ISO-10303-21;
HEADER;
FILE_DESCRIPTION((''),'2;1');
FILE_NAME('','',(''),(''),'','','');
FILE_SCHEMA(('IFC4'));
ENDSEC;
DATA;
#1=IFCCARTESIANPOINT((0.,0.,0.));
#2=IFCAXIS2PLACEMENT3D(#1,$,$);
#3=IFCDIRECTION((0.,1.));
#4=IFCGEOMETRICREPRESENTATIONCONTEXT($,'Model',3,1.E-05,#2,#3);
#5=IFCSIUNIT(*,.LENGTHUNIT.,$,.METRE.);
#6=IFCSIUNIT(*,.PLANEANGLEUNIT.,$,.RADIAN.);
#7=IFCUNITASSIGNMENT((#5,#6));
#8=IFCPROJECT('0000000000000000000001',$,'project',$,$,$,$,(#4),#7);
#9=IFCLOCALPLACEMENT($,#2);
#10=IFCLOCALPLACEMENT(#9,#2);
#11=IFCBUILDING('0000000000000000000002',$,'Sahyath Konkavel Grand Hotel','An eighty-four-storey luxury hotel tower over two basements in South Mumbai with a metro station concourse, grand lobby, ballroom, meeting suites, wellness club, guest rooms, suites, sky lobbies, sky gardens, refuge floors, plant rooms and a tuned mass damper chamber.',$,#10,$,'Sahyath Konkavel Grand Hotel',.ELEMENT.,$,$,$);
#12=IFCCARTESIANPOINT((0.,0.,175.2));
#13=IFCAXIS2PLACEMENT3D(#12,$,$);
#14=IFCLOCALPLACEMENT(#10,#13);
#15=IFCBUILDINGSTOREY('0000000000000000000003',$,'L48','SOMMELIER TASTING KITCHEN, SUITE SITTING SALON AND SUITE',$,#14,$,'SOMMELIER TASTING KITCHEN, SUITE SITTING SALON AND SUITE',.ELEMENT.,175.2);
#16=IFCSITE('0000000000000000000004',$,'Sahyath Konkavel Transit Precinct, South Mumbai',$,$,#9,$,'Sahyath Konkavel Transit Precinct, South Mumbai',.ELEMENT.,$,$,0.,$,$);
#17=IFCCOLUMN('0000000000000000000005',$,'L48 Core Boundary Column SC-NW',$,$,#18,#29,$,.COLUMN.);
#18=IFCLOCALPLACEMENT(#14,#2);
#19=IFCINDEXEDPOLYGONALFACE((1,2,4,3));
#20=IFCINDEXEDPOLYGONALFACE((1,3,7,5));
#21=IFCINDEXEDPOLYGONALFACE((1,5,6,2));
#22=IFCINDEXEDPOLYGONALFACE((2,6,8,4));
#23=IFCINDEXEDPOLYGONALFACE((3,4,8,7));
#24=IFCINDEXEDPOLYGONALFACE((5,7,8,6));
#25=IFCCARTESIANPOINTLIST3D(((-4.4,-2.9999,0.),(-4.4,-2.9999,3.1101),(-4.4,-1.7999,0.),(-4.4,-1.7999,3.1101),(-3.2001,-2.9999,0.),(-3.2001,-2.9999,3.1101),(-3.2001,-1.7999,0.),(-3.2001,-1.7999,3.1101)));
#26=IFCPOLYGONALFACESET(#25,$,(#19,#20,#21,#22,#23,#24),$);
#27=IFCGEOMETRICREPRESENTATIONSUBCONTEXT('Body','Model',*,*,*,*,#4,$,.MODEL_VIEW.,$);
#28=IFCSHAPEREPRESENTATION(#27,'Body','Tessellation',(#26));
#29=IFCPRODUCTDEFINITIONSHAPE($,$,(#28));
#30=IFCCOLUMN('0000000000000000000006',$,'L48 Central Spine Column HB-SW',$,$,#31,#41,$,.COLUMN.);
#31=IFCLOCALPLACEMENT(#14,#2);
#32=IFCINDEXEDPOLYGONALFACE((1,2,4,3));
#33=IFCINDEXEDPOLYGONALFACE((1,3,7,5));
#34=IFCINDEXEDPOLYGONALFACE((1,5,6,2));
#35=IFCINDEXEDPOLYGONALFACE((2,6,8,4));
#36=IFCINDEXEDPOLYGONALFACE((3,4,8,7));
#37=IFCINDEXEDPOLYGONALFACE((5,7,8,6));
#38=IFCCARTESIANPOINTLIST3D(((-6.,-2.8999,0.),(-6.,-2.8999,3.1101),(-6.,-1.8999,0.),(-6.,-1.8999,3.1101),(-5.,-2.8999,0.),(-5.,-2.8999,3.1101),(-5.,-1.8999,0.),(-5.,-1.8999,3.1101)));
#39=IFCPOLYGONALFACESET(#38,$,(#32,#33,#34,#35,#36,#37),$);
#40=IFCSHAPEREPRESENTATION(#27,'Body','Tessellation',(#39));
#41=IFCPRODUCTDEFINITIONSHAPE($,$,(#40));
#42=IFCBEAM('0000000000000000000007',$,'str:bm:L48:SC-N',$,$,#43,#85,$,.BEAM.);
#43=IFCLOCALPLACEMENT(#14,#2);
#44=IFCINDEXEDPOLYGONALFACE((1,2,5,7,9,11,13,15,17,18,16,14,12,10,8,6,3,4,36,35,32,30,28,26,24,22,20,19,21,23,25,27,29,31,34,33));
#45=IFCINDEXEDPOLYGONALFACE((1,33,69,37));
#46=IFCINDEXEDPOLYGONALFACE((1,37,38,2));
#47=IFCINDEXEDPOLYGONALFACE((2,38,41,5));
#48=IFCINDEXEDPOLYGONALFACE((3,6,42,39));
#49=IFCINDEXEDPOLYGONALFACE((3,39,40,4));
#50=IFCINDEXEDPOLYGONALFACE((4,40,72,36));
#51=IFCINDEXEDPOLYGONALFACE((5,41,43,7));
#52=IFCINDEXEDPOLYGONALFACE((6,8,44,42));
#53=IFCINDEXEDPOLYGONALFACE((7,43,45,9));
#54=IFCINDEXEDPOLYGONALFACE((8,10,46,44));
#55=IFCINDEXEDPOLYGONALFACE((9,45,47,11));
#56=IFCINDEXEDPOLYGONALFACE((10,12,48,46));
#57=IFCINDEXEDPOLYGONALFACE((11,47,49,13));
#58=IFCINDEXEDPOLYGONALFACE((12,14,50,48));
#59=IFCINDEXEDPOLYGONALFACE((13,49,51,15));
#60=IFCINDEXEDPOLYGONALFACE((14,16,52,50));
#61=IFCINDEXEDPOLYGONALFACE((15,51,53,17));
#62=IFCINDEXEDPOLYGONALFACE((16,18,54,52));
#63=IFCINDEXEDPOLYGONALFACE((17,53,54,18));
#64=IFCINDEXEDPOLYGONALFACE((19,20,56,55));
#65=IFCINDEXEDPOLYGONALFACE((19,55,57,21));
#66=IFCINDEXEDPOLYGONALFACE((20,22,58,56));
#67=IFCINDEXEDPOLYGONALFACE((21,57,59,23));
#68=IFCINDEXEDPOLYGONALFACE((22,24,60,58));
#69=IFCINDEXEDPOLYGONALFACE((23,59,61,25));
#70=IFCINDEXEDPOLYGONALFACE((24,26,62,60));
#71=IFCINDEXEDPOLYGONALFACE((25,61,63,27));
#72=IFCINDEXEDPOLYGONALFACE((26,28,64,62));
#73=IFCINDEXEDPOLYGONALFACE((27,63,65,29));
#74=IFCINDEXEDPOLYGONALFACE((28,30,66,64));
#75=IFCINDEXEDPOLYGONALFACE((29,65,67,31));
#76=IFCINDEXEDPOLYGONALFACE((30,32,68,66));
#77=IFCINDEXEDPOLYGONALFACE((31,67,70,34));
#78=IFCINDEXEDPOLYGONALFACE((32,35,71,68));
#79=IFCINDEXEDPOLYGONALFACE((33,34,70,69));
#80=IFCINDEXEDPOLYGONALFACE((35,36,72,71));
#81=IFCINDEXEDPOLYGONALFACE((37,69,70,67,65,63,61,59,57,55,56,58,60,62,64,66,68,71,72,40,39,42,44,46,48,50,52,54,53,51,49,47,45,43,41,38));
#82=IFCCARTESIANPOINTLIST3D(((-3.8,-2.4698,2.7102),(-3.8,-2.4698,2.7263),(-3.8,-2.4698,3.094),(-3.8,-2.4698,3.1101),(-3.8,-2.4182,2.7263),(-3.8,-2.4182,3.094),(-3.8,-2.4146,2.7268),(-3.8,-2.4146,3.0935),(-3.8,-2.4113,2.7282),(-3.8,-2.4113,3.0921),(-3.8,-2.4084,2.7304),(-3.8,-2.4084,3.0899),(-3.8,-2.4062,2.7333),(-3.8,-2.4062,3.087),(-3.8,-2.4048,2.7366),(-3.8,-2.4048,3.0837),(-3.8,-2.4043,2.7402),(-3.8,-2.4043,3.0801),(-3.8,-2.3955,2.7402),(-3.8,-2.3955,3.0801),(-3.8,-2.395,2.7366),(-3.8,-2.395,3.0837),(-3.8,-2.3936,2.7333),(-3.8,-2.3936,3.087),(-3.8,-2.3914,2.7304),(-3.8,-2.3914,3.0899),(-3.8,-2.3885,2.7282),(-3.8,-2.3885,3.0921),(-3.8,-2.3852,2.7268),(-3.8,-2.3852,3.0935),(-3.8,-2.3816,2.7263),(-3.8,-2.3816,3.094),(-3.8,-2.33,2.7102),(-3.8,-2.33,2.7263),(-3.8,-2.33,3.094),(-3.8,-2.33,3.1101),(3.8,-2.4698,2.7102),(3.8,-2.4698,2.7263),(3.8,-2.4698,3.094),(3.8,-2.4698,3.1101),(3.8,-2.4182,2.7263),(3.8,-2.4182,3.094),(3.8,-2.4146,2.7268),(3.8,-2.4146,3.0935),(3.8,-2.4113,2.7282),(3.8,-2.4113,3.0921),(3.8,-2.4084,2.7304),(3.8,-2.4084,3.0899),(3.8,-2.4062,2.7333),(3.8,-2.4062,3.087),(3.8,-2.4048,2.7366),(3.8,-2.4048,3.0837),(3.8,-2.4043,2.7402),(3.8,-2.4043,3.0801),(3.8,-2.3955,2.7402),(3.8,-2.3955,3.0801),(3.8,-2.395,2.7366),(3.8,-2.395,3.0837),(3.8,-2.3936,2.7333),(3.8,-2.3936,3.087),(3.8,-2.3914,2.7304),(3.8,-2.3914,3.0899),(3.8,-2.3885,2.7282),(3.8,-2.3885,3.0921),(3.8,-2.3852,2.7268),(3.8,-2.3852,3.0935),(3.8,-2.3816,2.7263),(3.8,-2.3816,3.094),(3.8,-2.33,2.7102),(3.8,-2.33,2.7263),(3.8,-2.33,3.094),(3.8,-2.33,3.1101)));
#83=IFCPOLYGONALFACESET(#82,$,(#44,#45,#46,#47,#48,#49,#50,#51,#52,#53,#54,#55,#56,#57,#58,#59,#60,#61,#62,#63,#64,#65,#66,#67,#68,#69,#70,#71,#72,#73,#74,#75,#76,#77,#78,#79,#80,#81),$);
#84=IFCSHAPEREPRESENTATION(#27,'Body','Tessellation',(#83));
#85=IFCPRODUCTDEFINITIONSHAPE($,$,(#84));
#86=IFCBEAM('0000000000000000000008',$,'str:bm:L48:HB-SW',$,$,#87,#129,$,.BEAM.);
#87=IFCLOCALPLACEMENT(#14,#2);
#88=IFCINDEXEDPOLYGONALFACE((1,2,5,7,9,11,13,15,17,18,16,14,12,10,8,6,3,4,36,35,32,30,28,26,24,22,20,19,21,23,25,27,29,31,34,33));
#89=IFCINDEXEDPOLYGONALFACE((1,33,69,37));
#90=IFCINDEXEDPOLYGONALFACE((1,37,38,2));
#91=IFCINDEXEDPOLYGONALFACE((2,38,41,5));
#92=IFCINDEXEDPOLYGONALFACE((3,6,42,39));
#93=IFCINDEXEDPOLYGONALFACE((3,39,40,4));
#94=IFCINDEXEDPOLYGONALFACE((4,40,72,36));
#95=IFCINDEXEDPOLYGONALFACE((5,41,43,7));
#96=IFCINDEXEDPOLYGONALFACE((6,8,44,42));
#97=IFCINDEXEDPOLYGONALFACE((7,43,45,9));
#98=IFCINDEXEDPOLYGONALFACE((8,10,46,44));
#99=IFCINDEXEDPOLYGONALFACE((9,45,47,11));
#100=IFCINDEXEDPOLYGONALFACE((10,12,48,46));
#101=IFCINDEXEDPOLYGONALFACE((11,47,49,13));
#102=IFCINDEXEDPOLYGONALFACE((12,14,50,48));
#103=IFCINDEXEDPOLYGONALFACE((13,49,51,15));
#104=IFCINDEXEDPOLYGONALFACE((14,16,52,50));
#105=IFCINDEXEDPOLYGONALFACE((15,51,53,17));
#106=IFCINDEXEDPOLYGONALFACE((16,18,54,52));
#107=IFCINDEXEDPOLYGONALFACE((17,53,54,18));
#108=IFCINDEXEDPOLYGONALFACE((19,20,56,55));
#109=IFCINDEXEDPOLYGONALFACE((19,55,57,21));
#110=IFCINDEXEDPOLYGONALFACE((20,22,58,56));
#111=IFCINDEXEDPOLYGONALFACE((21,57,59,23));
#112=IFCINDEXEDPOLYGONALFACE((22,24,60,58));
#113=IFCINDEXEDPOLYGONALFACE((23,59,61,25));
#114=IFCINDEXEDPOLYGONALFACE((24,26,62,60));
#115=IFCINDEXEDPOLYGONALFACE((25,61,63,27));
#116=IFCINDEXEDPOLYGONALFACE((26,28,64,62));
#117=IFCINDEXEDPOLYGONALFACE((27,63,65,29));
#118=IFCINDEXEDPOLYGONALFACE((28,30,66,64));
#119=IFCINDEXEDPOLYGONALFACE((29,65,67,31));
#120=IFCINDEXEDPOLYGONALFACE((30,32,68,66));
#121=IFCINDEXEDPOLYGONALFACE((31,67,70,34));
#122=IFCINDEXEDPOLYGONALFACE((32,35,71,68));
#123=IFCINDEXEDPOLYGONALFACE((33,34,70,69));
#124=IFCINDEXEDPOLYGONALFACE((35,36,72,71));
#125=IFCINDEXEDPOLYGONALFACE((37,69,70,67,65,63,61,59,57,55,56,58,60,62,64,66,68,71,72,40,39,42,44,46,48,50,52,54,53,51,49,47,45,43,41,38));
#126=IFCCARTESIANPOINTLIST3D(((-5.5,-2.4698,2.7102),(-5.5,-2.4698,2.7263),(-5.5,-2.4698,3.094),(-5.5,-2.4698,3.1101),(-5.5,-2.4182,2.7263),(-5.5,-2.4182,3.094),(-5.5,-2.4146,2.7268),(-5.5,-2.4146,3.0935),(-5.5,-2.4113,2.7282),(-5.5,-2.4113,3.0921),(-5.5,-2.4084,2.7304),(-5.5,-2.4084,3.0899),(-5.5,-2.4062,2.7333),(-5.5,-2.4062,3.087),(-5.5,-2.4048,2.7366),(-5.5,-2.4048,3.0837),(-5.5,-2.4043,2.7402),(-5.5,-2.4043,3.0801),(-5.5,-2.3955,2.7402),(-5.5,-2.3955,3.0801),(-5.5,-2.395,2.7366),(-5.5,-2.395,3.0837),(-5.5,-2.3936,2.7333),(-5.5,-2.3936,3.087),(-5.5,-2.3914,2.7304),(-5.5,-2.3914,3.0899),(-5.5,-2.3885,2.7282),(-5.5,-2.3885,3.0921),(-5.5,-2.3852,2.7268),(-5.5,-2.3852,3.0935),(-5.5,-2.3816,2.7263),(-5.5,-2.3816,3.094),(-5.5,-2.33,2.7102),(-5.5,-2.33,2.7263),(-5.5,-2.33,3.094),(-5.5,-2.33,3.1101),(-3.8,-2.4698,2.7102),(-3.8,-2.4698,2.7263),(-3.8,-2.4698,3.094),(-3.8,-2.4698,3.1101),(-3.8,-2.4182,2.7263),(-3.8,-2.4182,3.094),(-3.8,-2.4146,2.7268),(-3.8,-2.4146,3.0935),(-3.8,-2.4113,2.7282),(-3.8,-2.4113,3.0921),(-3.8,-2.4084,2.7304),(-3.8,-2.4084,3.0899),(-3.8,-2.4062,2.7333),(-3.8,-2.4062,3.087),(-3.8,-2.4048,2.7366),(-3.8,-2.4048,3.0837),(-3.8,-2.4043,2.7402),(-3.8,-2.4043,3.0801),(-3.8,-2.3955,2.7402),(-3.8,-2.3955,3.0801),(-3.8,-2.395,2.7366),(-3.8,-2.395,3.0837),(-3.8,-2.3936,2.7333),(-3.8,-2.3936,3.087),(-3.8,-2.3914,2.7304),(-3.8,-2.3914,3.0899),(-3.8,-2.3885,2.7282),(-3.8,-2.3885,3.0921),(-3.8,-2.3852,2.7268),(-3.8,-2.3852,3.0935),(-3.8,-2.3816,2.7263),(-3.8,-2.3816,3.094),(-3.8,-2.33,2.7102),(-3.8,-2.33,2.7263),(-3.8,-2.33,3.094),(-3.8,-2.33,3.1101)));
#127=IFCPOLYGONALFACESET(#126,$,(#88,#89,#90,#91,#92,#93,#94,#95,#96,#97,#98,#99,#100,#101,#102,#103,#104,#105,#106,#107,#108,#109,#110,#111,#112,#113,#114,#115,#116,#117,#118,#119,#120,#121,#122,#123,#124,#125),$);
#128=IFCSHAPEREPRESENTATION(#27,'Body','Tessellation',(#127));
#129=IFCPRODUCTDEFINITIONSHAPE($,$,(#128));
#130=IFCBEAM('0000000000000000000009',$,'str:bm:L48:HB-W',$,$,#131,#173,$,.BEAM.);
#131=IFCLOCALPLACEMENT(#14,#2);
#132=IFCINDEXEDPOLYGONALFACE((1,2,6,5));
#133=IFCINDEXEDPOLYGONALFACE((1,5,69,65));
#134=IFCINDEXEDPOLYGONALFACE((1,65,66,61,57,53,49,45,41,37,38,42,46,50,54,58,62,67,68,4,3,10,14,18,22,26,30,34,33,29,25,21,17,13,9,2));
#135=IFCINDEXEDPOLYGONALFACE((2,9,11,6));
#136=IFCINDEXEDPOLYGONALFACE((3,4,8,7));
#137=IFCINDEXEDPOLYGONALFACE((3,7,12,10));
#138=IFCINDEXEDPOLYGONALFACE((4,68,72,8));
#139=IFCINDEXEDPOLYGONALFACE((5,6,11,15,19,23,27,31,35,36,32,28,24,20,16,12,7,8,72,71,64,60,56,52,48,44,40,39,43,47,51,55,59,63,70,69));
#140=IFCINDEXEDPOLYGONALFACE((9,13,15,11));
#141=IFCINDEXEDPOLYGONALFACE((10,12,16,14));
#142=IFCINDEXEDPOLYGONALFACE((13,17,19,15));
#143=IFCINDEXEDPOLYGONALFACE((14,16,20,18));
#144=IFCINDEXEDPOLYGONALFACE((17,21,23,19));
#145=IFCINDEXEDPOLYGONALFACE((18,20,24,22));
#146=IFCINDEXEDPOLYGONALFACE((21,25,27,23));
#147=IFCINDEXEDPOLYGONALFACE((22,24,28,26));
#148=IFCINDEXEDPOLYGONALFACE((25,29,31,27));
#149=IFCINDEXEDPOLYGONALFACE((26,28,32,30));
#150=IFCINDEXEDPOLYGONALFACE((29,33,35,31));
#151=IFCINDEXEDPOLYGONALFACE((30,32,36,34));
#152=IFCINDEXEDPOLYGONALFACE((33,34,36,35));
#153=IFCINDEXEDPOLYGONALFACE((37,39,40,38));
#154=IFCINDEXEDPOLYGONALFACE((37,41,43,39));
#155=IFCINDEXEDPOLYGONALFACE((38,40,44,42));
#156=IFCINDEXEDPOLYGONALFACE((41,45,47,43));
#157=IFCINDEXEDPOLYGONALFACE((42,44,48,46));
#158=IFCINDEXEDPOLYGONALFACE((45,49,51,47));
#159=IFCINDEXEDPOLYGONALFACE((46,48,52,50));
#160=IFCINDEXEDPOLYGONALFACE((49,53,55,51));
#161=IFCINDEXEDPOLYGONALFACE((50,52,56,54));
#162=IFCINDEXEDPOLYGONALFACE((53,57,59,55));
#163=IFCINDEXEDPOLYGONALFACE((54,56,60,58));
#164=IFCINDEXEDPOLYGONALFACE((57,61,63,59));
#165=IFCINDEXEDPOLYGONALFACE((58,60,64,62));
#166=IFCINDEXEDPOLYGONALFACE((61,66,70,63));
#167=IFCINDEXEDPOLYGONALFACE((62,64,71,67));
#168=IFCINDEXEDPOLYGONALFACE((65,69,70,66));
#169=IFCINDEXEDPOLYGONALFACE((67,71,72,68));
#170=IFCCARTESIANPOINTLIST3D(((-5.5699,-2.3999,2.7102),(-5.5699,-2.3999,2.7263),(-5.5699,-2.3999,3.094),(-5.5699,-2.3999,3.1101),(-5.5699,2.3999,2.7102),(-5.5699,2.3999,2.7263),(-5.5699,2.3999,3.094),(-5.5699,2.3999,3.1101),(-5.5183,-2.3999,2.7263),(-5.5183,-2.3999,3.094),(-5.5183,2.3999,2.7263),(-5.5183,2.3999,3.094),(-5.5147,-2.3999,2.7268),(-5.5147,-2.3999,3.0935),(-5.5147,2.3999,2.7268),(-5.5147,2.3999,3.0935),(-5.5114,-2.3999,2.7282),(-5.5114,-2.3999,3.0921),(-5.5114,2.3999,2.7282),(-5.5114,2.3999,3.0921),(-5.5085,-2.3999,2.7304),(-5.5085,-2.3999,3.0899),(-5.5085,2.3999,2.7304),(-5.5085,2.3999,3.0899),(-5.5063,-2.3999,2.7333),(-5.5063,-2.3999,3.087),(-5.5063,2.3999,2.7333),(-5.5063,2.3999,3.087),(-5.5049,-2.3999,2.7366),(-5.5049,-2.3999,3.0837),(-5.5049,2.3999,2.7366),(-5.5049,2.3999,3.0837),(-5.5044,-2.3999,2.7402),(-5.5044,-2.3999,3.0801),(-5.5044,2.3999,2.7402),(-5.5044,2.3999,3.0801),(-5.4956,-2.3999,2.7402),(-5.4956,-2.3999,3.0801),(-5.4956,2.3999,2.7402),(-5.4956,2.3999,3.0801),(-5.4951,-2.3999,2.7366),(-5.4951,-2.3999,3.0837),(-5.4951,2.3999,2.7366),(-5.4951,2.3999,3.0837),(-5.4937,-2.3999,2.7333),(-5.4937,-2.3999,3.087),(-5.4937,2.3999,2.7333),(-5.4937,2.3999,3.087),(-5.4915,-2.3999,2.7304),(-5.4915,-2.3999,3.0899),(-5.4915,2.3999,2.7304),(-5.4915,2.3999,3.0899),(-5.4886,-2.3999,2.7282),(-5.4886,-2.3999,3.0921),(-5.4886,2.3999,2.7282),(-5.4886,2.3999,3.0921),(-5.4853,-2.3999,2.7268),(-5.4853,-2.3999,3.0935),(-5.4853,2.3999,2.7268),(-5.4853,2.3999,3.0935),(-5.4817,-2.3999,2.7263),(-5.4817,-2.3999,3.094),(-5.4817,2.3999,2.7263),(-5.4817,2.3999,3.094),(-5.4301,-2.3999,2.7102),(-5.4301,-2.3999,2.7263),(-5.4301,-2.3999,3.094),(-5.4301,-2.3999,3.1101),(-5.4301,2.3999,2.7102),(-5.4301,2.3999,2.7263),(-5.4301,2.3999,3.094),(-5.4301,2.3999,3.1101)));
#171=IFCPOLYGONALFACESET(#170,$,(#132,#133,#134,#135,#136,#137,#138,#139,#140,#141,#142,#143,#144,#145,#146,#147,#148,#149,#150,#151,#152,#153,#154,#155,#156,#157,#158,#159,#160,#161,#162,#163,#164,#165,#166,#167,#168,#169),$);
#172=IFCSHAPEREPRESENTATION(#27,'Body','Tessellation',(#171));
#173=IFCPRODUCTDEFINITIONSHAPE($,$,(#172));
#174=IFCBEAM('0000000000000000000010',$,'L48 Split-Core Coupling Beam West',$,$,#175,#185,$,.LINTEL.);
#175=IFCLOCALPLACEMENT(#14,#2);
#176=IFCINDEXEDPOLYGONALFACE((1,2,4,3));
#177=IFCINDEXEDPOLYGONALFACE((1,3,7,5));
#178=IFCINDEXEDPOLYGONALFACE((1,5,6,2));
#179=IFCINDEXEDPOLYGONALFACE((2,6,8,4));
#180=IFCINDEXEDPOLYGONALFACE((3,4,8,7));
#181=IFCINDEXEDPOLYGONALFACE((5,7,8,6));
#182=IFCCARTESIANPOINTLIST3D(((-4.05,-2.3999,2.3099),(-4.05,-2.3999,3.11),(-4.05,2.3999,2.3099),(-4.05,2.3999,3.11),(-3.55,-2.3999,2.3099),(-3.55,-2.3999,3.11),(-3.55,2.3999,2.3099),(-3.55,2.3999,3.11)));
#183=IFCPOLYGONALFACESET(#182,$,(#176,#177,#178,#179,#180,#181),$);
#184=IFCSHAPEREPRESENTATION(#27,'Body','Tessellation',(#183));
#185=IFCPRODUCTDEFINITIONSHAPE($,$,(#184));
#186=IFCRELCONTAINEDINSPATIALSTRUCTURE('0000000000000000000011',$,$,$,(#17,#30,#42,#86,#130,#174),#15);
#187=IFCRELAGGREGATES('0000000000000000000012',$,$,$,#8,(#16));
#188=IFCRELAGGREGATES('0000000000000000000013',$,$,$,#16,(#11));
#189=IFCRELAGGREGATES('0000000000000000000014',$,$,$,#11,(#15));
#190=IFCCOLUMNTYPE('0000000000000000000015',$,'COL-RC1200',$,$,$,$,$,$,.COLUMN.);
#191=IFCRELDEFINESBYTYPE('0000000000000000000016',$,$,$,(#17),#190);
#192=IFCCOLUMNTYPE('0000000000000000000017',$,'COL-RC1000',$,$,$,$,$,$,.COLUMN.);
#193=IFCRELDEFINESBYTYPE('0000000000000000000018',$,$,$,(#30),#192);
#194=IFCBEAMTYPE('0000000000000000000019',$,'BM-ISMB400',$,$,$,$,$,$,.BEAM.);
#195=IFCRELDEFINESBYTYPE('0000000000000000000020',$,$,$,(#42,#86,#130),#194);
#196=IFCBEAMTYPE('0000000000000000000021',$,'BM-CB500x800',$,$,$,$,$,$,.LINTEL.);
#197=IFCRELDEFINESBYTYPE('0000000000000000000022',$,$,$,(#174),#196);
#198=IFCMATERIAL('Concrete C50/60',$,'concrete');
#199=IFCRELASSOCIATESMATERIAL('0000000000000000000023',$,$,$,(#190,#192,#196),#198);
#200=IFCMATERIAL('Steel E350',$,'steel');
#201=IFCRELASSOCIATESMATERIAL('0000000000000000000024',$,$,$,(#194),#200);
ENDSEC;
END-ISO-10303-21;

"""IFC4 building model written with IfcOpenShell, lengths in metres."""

from ifc_helpers import new_model, si_unit, direction, frame, origin, origin_2d, place, context, subcontext, project, spatial, rectangle, i_section, extrude, source, transform, mapped, material, material_profile, profile_set, type_object, element, save


model = new_model("IFC4")

# Units and contexts
model_context = context("Model", 3, precision=1e-05, world=origin(), true_north=direction((0.0, 1.0)))
body_context = subcontext(model_context, "Body", "Model", "MODEL_VIEW")
ifc_project = project(units=[si_unit("LENGTHUNIT", "METRE"), si_unit("PLANEANGLEUNIT", "RADIAN")], contexts=[model_context])

# Site, building, storey
site_placement = place(None, origin())
site = spatial("IfcSite", under=ifc_project, at=site_placement, Name="Sahyath Konkavel Transit Precinct, South Mumbai", LongName="Sahyath Konkavel Transit Precinct, South Mumbai", CompositionType="ELEMENT", RefElevation=0.0)
building_placement = place(site_placement, origin())
building = spatial("IfcBuilding", under=site, at=building_placement, Name="Sahyath Konkavel Grand Hotel", Description="An eighty-four-storey luxury hotel tower over two basements in South Mumbai with a metro station concourse, grand lobby, ballroom, meeting suites, wellness club, guest rooms, suites, sky lobbies, sky gardens, refuge floors, plant rooms and a tuned mass damper chamber.", LongName="Sahyath Konkavel Grand Hotel", CompositionType="ELEMENT")
storey_placement = place(building_placement, frame((0.0, 0.0, 175.2)))
storey = spatial("IfcBuildingStorey", under=building, at=storey_placement, Name="L48", Description="SOMMELIER TASTING KITCHEN, SUITE SITTING SALON AND SUITE", LongName="SOMMELIER TASTING KITCHEN, SUITE SITTING SALON AND SUITE", CompositionType="ELEMENT", Elevation=175.2)

# Columns
ifc_material_1 = material(Name="Concrete C50/60", Category="concrete")
ifc_material_profile_1 = material_profile(ifc_material_1, rectangle(XDim=1.2, YDim=1.2, at=origin_2d()), Name="RC 1200x1200")
ifc_profile_set_1 = profile_set([ifc_material_profile_1], Name="Concrete C50/60")
column_type_1 = type_object("IfcColumnType", Name="COL-RC1200", PredefinedType="COLUMN", material=ifc_profile_set_1)
shared_shape_1 = source(origin(), body_context, "Body", "SweptSolid", [
    extrude(rectangle(XDim=1.2, YDim=1.2, at=origin_2d()), origin(), (0.0, 0.0, 1.0), 3.1101),
])
column_1_placement = place(storey_placement, frame((-3.8, -2.3999, 0.0), z_axis=(0.0, 0.0, 1.0), x_axis=(1.0, 0.0, 0.0)))
element("IfcColumn", 1, at=column_1_placement, inside=storey, type_object=column_type_1, Name="L48 Core Boundary Column SC-NW", PredefinedType="COLUMN", context=body_context, shape_type="MappedRepresentation", body=[
    mapped(shared_shape_1, transform((0.0, 0.0, 0.0), scale=1.0)),
])
ifc_material_profile_2 = material_profile(ifc_material_1, rectangle(XDim=1.0, YDim=1.0, at=origin_2d()), Name="RC 1000x1000")
ifc_profile_set_2 = profile_set([ifc_material_profile_2], Name="Concrete C50/60")
column_type_2 = type_object("IfcColumnType", Name="COL-RC1000", PredefinedType="COLUMN", material=ifc_profile_set_2)
shared_shape_2 = source(origin(), body_context, "Body", "SweptSolid", [
    extrude(rectangle(XDim=1.0, YDim=1.0, at=origin_2d()), origin(), (0.0, 0.0, 1.0), 3.1101),
])
column_2_placement = place(storey_placement, frame((-5.5, -2.3999, 0.0), z_axis=(0.0, 0.0, 1.0), x_axis=(1.0, 0.0, 0.0)))
element("IfcColumn", 2, at=column_2_placement, inside=storey, type_object=column_type_2, Name="L48 Central Spine Column HB-SW", PredefinedType="COLUMN", context=body_context, shape_type="MappedRepresentation", body=[
    mapped(shared_shape_2, transform((0.0, 0.0, 0.0), scale=1.0)),
])

# Beams
ifc_material_2 = material(Name="Steel E350", Category="steel")
ifc_material_profile_3 = material_profile(ifc_material_2, i_section(OverallWidth=0.1399, OverallDepth=0.3999, WebThickness=0.0088, FlangeThickness=0.0161, FilletRadius=0.0139, at=origin_2d()), Name="ISMB 400")
ifc_profile_set_3 = profile_set([ifc_material_profile_3], Name="Steel E350")
beam_type_1 = type_object("IfcBeamType", Name="BM-ISMB400", PredefinedType="BEAM", material=ifc_profile_set_3)
shared_shape_3 = source(origin(), body_context, "Body", "SweptSolid", [
    extrude(i_section(OverallWidth=0.1399, OverallDepth=0.3999, WebThickness=0.0088, FlangeThickness=0.0161, FilletRadius=0.0139, at=origin_2d()), origin(), (0.0, 0.0, 1.0), 7.6001),
])
beam_1_placement = place(storey_placement, frame((-3.8, -2.3999, 2.9102), z_axis=(1.0, 0.0, 0.0), x_axis=(0.0, 1.0, 0.0)))
element("IfcBeam", 3, at=beam_1_placement, inside=storey, type_object=beam_type_1, Name="str:bm:L48:SC-N", PredefinedType="BEAM", context=body_context, shape_type="MappedRepresentation", body=[
    mapped(shared_shape_3, transform((0.0, 0.0, 0.0), scale=1.0)),
])
shared_shape_4 = source(origin(), body_context, "Body", "SweptSolid", [
    extrude(i_section(OverallWidth=0.1399, OverallDepth=0.3999, WebThickness=0.0088, FlangeThickness=0.0161, FilletRadius=0.0139, at=origin_2d()), origin(), (0.0, 0.0, 1.0), 1.7),
])
beam_2_placement = place(storey_placement, frame((-5.5, -2.3999, 2.9102), z_axis=(1.0, 0.0, 0.0), x_axis=(0.0, 1.0, 0.0)))
element("IfcBeam", 4, at=beam_2_placement, inside=storey, type_object=beam_type_1, Name="str:bm:L48:HB-SW", PredefinedType="BEAM", context=body_context, shape_type="MappedRepresentation", body=[
    mapped(shared_shape_4, transform((0.0, 0.0, 0.0), scale=1.0)),
])
shared_shape_5 = source(origin(), body_context, "Body", "SweptSolid", [
    extrude(i_section(OverallWidth=0.1399, OverallDepth=0.3999, WebThickness=0.0088, FlangeThickness=0.0161, FilletRadius=0.0139, at=origin_2d()), origin(), (0.0, 0.0, 1.0), 4.7998),
])
beam_3_placement = place(storey_placement, frame((-5.5, -2.3999, 2.9102), z_axis=(0.0, 1.0, 0.0), x_axis=(-1.0, 0.0, 0.0)))
element("IfcBeam", 5, at=beam_3_placement, inside=storey, type_object=beam_type_1, Name="str:bm:L48:HB-W", PredefinedType="BEAM", context=body_context, shape_type="MappedRepresentation", body=[
    mapped(shared_shape_5, transform((0.0, 0.0, 0.0), scale=1.0)),
])
ifc_material_profile_4 = material_profile(ifc_material_1, rectangle(XDim=0.5, YDim=0.8, at=origin_2d()), Name="RC 500x800")
ifc_profile_set_4 = profile_set([ifc_material_profile_4], Name="Concrete C50/60")
beam_type_2 = type_object("IfcBeamType", Name="BM-CB500x800", PredefinedType="LINTEL", material=ifc_profile_set_4)
shared_shape_6 = source(origin(), body_context, "Body", "SweptSolid", [
    extrude(rectangle(XDim=0.5, YDim=0.8, at=origin_2d()), origin(), (0.0, 0.0, 1.0), 4.7998),
])
beam_4_placement = place(storey_placement, frame((-3.8, -2.3999, 2.71), z_axis=(0.0, 1.0, 0.0), x_axis=(-1.0, 0.0, 0.0)))
element("IfcBeam", 6, at=beam_4_placement, inside=storey, type_object=beam_type_2, Name="L48 Split-Core Coupling Beam West", PredefinedType="LINTEL", context=body_context, shape_type="MappedRepresentation", body=[
    mapped(shared_shape_6, transform((0.0, 0.0, 0.0), scale=1.0)),
])

save(model, "model.ifc")
